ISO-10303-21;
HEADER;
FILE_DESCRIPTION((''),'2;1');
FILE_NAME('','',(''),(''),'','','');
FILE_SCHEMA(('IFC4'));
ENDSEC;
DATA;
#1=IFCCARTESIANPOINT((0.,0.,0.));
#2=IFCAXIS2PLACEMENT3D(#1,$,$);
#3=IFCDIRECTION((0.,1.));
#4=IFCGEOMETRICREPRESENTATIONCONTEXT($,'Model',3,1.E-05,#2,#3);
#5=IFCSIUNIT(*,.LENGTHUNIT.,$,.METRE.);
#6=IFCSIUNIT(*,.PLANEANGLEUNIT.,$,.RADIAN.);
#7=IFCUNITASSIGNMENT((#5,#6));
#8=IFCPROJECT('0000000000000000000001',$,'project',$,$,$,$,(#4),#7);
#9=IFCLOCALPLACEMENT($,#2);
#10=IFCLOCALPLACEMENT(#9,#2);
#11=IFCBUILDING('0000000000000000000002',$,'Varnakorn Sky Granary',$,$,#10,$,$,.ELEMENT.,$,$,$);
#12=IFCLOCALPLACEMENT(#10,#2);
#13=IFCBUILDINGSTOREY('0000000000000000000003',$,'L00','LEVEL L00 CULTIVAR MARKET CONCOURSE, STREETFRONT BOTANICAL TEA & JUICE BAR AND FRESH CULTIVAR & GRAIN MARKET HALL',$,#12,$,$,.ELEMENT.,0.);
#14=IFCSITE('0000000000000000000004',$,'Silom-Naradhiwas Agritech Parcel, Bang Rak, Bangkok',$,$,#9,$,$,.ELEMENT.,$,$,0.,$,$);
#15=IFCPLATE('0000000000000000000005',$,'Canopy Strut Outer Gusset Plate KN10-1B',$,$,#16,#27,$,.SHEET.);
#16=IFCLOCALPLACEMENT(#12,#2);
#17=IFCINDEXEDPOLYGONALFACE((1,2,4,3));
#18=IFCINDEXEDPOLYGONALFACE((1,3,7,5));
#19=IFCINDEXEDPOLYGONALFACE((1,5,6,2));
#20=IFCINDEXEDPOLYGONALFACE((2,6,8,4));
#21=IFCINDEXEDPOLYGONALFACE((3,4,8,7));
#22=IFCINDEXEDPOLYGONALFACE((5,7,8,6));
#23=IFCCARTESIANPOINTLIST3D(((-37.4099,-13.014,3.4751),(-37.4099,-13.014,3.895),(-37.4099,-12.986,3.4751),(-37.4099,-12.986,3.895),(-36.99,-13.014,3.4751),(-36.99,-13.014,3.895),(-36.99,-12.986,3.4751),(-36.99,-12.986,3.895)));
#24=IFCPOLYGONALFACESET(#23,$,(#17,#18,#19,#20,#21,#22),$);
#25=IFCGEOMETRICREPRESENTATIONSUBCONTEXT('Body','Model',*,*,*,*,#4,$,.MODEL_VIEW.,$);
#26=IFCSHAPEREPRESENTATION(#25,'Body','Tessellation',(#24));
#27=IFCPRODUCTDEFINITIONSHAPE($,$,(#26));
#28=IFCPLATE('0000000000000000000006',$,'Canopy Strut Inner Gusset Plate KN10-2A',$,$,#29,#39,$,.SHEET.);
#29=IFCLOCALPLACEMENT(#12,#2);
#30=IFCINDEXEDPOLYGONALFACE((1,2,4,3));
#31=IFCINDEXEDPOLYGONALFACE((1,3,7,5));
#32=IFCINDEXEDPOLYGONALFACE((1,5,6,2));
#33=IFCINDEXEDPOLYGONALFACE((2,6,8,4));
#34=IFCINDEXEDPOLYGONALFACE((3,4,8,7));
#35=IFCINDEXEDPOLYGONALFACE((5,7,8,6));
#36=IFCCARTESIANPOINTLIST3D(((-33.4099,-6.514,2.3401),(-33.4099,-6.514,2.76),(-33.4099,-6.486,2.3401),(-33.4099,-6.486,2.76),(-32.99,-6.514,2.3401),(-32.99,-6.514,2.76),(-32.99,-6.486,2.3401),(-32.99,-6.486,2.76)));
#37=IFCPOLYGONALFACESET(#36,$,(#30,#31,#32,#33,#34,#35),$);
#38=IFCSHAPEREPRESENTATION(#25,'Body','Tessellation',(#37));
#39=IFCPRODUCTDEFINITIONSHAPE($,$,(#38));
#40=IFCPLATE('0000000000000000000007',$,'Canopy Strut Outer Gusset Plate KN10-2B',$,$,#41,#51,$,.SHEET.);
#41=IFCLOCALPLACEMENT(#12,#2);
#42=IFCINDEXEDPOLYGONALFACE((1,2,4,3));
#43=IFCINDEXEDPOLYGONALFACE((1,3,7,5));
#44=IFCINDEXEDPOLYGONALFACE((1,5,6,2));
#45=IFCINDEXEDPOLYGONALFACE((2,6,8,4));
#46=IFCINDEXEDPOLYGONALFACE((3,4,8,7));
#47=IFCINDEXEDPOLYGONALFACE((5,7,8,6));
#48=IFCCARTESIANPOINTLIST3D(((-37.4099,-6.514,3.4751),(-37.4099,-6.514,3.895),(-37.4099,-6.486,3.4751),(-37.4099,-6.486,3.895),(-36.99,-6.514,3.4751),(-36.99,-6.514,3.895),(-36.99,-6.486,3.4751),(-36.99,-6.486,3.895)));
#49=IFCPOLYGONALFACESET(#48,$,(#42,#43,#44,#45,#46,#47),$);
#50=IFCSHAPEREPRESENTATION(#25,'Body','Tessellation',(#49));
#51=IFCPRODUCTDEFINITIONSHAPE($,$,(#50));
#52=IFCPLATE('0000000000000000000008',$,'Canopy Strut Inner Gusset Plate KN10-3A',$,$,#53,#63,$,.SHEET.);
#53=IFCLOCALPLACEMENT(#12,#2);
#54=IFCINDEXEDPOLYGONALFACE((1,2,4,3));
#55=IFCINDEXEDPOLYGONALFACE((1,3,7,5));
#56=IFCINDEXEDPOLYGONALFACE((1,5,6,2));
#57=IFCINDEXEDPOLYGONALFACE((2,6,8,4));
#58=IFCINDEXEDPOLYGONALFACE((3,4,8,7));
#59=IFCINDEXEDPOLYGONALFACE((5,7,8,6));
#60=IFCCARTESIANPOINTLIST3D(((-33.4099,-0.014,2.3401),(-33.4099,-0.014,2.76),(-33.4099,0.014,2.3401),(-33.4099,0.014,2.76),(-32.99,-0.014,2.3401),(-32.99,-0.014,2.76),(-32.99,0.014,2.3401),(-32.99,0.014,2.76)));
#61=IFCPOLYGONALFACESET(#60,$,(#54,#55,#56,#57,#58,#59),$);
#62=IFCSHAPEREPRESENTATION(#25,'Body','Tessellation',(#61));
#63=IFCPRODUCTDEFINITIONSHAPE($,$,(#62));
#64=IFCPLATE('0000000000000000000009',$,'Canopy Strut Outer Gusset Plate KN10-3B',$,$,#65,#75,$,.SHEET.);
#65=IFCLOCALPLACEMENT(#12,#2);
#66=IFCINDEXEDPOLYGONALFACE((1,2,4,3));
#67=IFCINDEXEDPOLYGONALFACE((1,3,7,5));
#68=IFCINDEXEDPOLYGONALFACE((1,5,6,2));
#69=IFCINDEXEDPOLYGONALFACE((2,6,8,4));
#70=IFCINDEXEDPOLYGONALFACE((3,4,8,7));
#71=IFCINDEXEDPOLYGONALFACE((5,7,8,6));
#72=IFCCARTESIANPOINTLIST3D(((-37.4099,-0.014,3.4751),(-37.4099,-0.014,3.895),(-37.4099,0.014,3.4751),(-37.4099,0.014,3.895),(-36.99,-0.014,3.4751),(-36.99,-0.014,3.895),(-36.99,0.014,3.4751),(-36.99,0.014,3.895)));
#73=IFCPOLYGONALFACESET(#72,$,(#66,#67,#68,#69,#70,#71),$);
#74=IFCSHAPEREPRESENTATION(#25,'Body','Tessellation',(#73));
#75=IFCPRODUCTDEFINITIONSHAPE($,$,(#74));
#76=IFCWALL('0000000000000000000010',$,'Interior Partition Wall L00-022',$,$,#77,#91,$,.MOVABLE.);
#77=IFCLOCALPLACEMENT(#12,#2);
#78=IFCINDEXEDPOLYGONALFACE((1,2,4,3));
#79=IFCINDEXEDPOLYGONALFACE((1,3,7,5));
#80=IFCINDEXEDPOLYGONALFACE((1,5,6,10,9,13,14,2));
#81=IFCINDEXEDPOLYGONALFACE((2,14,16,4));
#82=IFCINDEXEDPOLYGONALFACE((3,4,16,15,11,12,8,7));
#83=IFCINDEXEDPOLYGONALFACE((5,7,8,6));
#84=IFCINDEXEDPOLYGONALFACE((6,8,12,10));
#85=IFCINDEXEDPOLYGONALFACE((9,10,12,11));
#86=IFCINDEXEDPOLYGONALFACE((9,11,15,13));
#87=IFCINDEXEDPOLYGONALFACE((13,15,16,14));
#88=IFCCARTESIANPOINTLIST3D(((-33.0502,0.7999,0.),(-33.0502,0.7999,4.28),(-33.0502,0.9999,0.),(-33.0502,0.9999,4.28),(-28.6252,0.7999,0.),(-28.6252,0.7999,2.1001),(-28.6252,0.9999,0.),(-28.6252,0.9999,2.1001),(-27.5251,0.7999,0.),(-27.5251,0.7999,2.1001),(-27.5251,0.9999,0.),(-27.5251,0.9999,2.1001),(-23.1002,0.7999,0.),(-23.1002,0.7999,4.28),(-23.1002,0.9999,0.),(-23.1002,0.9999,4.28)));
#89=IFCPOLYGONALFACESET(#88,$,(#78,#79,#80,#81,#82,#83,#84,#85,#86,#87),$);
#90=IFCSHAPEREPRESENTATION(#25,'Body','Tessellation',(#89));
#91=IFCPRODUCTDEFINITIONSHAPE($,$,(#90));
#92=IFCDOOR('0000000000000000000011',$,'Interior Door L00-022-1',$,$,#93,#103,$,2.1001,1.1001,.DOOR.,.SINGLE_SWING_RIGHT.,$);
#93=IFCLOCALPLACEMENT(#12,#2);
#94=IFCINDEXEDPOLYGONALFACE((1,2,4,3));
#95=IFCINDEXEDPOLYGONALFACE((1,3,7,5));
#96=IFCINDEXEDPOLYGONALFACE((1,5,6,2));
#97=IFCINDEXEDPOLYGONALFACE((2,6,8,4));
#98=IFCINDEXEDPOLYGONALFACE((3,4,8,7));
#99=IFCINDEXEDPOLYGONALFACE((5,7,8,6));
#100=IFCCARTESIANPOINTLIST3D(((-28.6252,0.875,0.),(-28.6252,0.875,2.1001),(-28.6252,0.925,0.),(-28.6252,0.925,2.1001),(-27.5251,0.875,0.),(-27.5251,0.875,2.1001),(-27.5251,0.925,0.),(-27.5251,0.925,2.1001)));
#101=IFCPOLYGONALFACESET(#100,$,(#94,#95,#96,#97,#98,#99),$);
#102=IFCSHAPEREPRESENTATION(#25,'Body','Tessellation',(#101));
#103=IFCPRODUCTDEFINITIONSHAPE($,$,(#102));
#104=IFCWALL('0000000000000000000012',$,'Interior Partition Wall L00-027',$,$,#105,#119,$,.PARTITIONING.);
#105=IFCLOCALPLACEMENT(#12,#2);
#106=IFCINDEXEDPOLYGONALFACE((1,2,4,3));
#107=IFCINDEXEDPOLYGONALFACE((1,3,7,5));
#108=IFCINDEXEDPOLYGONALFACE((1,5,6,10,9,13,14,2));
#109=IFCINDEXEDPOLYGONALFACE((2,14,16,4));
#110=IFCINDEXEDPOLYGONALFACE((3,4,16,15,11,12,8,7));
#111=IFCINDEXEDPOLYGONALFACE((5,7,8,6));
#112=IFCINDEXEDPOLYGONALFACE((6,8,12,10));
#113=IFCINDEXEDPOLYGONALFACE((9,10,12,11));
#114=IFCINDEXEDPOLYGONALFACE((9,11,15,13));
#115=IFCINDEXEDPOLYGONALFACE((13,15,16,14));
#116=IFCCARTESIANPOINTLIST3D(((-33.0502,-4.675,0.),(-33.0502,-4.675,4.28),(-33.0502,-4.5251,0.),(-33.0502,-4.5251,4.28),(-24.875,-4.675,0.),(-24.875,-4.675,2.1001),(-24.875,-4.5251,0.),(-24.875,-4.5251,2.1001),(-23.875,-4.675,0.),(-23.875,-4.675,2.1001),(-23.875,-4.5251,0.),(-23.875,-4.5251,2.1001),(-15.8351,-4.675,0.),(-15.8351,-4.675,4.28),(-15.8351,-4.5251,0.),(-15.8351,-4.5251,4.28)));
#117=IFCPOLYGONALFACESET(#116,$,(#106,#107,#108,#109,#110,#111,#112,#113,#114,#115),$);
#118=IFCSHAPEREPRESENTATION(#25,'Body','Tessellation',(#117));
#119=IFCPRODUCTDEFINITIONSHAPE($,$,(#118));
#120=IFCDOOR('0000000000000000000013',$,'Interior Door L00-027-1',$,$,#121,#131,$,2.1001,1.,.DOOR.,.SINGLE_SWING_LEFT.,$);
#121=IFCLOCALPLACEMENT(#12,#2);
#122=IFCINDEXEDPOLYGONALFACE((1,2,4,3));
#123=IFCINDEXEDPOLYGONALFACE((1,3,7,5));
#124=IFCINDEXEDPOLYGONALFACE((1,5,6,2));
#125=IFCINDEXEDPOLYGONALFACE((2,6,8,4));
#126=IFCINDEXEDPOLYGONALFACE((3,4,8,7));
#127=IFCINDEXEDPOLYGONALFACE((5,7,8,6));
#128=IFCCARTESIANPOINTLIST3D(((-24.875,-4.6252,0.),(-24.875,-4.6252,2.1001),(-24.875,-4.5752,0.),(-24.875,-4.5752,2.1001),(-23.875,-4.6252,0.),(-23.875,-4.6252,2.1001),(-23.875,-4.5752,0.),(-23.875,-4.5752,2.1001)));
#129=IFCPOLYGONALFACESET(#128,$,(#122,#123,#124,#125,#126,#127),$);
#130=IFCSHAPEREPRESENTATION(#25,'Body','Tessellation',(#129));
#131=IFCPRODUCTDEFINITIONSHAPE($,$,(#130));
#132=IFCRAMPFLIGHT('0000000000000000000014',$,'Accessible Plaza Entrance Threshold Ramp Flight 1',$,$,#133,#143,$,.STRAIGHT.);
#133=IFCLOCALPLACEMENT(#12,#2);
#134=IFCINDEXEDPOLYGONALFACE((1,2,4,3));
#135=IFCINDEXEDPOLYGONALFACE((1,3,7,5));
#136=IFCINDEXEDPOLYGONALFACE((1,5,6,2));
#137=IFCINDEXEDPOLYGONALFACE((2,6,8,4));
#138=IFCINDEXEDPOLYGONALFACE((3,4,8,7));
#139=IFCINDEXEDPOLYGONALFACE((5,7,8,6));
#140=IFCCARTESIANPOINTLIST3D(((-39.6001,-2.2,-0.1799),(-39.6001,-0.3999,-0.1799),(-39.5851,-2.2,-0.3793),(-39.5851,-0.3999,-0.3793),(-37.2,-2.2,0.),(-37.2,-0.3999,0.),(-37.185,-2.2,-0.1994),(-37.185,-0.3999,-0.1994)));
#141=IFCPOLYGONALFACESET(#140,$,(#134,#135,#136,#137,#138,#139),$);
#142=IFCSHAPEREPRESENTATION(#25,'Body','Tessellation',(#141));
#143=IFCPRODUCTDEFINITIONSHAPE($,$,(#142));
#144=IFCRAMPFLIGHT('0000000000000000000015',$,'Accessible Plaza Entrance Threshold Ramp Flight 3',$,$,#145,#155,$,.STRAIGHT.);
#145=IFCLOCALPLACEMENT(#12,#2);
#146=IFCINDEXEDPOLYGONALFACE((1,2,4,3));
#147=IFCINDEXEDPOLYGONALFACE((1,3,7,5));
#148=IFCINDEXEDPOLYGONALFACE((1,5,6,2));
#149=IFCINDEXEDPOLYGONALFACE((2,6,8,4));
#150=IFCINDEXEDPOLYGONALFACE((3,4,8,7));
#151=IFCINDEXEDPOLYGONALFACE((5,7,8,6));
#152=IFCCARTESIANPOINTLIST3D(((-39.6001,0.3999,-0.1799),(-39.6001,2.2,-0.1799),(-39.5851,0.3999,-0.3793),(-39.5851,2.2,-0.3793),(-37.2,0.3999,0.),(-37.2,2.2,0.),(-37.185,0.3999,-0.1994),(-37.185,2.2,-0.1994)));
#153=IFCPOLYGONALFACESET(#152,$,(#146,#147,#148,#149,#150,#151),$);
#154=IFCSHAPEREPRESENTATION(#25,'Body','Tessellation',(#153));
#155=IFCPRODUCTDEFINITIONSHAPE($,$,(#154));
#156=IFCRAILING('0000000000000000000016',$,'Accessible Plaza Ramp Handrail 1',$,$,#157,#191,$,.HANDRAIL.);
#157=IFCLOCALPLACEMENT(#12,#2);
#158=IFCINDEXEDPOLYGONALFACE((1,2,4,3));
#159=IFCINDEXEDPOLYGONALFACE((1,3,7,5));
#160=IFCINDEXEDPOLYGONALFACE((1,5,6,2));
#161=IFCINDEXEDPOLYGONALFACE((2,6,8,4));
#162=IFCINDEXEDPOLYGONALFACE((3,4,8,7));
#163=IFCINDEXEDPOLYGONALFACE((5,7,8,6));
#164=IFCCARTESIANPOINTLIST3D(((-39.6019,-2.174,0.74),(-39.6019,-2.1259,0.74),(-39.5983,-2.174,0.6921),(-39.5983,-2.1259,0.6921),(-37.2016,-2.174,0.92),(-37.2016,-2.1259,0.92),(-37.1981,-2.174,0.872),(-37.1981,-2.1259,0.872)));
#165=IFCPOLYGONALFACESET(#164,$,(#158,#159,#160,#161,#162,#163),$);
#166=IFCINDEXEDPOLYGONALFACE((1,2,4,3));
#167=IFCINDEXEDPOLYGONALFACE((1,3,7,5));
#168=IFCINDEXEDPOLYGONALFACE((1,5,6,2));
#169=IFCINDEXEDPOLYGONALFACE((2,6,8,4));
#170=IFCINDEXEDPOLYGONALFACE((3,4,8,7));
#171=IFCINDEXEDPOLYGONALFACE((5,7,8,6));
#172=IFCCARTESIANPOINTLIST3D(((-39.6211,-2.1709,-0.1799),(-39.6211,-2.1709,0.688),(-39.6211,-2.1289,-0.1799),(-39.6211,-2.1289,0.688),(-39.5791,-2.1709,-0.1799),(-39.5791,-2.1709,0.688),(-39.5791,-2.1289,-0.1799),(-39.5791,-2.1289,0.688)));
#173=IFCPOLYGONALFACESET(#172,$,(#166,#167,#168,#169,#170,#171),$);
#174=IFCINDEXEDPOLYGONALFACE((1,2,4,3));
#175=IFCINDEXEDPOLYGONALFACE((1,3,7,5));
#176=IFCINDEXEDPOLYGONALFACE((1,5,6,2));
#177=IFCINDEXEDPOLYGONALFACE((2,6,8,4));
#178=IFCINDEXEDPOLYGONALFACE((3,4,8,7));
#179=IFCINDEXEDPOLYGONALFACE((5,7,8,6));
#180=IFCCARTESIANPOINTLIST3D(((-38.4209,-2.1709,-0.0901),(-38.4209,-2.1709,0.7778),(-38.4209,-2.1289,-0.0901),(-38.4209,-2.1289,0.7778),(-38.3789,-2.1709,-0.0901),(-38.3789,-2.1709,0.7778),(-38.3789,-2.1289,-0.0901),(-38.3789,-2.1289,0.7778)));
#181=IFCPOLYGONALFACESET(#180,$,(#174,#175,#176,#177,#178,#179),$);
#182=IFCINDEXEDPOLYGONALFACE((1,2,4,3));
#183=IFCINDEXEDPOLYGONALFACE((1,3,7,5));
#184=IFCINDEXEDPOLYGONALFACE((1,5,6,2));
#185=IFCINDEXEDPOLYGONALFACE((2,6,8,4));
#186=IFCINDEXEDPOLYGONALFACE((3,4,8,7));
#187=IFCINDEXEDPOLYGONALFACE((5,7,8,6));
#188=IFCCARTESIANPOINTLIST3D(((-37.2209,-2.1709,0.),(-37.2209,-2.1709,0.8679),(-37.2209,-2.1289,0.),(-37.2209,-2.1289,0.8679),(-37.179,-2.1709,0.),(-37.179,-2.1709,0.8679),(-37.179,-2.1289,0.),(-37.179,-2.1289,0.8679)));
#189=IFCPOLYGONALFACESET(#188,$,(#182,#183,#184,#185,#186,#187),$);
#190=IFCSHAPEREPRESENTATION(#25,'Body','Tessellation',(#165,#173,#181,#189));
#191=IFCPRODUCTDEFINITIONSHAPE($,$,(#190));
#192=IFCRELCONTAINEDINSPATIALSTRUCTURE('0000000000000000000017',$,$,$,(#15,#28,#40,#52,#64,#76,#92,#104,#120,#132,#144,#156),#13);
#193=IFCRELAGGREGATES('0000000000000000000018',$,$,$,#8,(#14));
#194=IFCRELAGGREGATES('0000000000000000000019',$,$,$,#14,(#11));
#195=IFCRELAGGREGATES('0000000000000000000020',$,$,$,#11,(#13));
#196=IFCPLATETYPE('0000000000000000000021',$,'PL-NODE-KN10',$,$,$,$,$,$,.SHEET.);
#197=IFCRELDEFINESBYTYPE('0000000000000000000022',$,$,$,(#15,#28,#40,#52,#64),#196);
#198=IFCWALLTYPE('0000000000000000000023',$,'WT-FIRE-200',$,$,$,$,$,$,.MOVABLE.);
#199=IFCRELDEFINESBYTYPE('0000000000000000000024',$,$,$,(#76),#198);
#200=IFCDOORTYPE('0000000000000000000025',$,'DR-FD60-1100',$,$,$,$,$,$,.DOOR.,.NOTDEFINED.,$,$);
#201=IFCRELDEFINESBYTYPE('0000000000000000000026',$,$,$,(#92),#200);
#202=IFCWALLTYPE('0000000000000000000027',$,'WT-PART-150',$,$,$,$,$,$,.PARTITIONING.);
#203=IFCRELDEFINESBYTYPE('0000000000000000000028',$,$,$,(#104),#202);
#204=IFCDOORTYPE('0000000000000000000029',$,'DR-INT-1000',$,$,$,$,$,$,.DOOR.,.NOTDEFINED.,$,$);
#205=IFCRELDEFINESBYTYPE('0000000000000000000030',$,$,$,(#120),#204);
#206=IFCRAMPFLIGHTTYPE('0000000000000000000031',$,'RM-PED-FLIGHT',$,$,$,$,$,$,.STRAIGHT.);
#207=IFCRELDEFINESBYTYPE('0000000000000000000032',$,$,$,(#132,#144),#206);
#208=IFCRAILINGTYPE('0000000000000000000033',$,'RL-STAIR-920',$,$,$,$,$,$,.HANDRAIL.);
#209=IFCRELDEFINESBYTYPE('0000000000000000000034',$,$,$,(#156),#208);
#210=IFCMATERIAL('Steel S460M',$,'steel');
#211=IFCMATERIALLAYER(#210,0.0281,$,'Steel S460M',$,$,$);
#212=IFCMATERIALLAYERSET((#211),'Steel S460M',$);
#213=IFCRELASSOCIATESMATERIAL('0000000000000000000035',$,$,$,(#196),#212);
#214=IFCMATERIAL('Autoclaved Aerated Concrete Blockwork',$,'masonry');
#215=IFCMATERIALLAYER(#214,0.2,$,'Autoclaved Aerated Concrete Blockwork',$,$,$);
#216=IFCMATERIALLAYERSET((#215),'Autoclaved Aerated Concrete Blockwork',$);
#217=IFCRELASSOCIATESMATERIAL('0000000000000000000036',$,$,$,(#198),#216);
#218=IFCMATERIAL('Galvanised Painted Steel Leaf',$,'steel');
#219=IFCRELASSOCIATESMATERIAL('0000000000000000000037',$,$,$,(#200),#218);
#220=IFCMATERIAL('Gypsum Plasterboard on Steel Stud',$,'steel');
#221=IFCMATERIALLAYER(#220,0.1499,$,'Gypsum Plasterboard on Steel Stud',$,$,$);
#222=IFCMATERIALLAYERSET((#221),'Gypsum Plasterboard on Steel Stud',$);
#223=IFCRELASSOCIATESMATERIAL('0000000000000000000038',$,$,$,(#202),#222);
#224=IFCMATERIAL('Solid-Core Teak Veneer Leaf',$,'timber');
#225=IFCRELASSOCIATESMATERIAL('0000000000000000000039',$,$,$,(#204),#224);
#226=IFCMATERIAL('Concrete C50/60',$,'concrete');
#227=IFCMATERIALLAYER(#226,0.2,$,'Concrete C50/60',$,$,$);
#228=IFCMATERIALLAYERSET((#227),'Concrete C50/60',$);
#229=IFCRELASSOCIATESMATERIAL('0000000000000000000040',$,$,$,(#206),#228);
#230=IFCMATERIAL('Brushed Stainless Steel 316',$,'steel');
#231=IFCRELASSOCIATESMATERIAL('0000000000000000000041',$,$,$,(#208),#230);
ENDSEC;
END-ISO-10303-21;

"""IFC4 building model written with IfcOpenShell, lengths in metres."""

from ifc_helpers import new_model, si_unit, direction, frame, frame_2d, origin, origin_2d, place, context, subcontext, project, spatial, polyline, rectangle, outline, extrude, material, layer, layer_set, type_object, element, fill, save


model = new_model("IFC4")

# Units and contexts
model_context = context("Model", 3, precision=1e-05, world=origin(), true_north=direction((0.0, 1.0)))
body_context = subcontext(model_context, "Body", "Model", "MODEL_VIEW")
ifc_project = project(units=[si_unit("LENGTHUNIT", "METRE"), si_unit("PLANEANGLEUNIT", "RADIAN")], contexts=[model_context])

# Site, building, storey
site_placement = place(None, origin())
site = spatial("IfcSite", under=ifc_project, at=site_placement, Name="Silom-Naradhiwas Agritech Parcel, Bang Rak, Bangkok", CompositionType="ELEMENT", RefElevation=0.0)
building_placement = place(site_placement, origin())
building = spatial("IfcBuilding", under=site, at=building_placement, Name="Varnakorn Sky Granary", CompositionType="ELEMENT")
storey_placement = place(building_placement, origin())
storey = spatial("IfcBuildingStorey", under=building, at=storey_placement, Name="L00", Description="LEVEL L00 CULTIVAR MARKET CONCOURSE, STREETFRONT BOTANICAL TEA & JUICE BAR AND FRESH CULTIVAR & GRAIN MARKET HALL", CompositionType="ELEMENT", Elevation=0.0)

# Shared definitions
ifc_material_1 = material(Name="Concrete C50/60", Category="concrete")

# Shared definitions
ifc_material_2 = material(Name="Steel S460M", Category="steel")

# Plates
ifc_layer_1 = layer(ifc_material_2, 0.0281, Name="Steel S460M")
ifc_layer_set_1 = layer_set([ifc_layer_1], Name="Steel S460M")
plate_type = type_object("IfcPlateType", Name="PL-NODE-KN10", PredefinedType="SHEET", material=ifc_layer_set_1)
for number, where, z_axis, x_axis, name in (
    (1, (-37.2, -13.0, 3.4751), (0.0, 0.0, 1.0), (1.0, 0.0, 0.0), "Canopy Strut Outer Gusset Plate KN10-1B"),
    (2, (-33.2, -6.5, 2.3401), (0.0, 0.0, 1.0), (1.0, 0.0, 0.0), "Canopy Strut Inner Gusset Plate KN10-2A"),
    (3, (-37.2, -6.5, 3.4751), (0.0, 0.0, 1.0), (1.0, 0.0, 0.0), "Canopy Strut Outer Gusset Plate KN10-2B"),
    (4, (-33.2, 0.0, 2.3401), (0.0, 0.0, 1.0), (1.0, 0.0, 0.0), "Canopy Strut Inner Gusset Plate KN10-3A"),
    (5, (-37.2, 0.0, 3.4751), (0.0, 0.0, 1.0), (1.0, 0.0, 0.0), "Canopy Strut Outer Gusset Plate KN10-3B"),
):
    element("IfcPlate", number, at=place(storey_placement, frame(where, z_axis=z_axis, x_axis=x_axis)), inside=storey, type_object=plate_type, Name=name, PredefinedType="SHEET", context=body_context, shape_type="SweptSolid", body=[
        extrude(rectangle(XDim=0.4199, YDim=0.0281, at=origin_2d()), origin(), (0.0, 0.0, 1.0), 0.4199),
    ])

# Walls, openings, doors
ifc_material_3 = material(Name="Autoclaved Aerated Concrete Blockwork", Category="masonry")
ifc_layer_2 = layer(ifc_material_3, 0.2, Name="Autoclaved Aerated Concrete Blockwork")
ifc_layer_set_2 = layer_set([ifc_layer_2], Name="Autoclaved Aerated Concrete Blockwork")
wall_type_1 = type_object("IfcWallType", Name="WT-FIRE-200", PredefinedType="MOVABLE", material=ifc_layer_set_2)
wall_1_placement = place(storey_placement, frame((-23.1001, 0.8999, 0.0), z_axis=(0.0, 0.0, 1.0), x_axis=(-1.0, 0.0, 0.0)))
wall_1 = element("IfcWall", 6, at=wall_1_placement, inside=storey, type_object=wall_type_1, Name="Interior Partition Wall L00-022", PredefinedType="MOVABLE", context=body_context, shape_type="SweptSolid", body=[
    extrude(rectangle(XDim=9.95, YDim=0.2, at=frame_2d((4.9751, 0.0))), origin(), (0.0, 0.0, 1.0), 4.28),
])
opening_1_placement = place(wall_1_placement, frame((4.425, 0.0, 0.0)))
opening_1 = element("IfcOpeningElement", 7, at=opening_1_placement, cuts=wall_1, PredefinedType="OPENING", context=body_context, shape_type="SweptSolid", body=[
    extrude(rectangle(XDim=1.1001, YDim=2.1001, at=frame_2d((0.55, 1.05))), frame((0.0, 0.1099, 0.0), z_axis=(0.0, -1.0, 0.0), x_axis=(1.0, 0.0, 0.0)), (0.0, 0.0, 1.0), 0.22),
])
ifc_material_4 = material(Name="Galvanised Painted Steel Leaf", Category="steel")
door_type_1 = type_object("IfcDoorType", Name="DR-FD60-1100", OperationType="NOTDEFINED", PredefinedType="DOOR", material=ifc_material_4)
door_1_placement = place(opening_1_placement, origin())
door_1 = element("IfcDoor", 8, at=door_1_placement, inside=storey, type_object=door_type_1, Name="Interior Door L00-022-1", OperationType="SINGLE_SWING_RIGHT", OverallHeight=2.1001, OverallWidth=1.1001, PredefinedType="DOOR", context=body_context, shape_type="SweptSolid", body=[
    extrude(rectangle(XDim=1.1001, YDim=2.1001, at=frame_2d((0.55, 1.05))), frame((0.0, 0.0249, 0.0), z_axis=(0.0, -1.0, 0.0), x_axis=(1.0, 0.0, 0.0)), (0.0, 0.0, 1.0), 0.05),
])
fill(opening_1, door_1)
ifc_material_5 = material(Name="Gypsum Plasterboard on Steel Stud", Category="steel")
ifc_layer_3 = layer(ifc_material_5, 0.1499, Name="Gypsum Plasterboard on Steel Stud")
ifc_layer_set_3 = layer_set([ifc_layer_3], Name="Gypsum Plasterboard on Steel Stud")
wall_type_2 = type_object("IfcWallType", Name="WT-PART-150", PredefinedType="PARTITIONING", material=ifc_layer_set_3)
wall_2_placement = place(storey_placement, frame((-33.05, -4.6001, 0.0), z_axis=(0.0, 0.0, 1.0), x_axis=(1.0, 0.0, 0.0)))
wall_2 = element("IfcWall", 9, at=wall_2_placement, inside=storey, type_object=wall_type_2, Name="Interior Partition Wall L00-027", PredefinedType="PARTITIONING", context=body_context, shape_type="SweptSolid", body=[
    extrude(rectangle(XDim=17.2151, YDim=0.1499, at=frame_2d((8.6074, 0.0))), origin(), (0.0, 0.0, 1.0), 4.28),
])
opening_2_placement = place(wall_2_placement, frame((8.175, 0.0, 0.0)))
opening_2 = element("IfcOpeningElement", 10, at=opening_2_placement, cuts=wall_2, PredefinedType="OPENING", context=body_context, shape_type="SweptSolid", body=[
    extrude(rectangle(XDim=1.0, YDim=2.1001, at=frame_2d((0.5, 1.05))), frame((0.0, 0.085, 0.0), z_axis=(0.0, -1.0, 0.0), x_axis=(1.0, 0.0, 0.0)), (0.0, 0.0, 1.0), 0.1699),
])
ifc_material_6 = material(Name="Solid-Core Teak Veneer Leaf", Category="timber")
door_type_2 = type_object("IfcDoorType", Name="DR-INT-1000", OperationType="NOTDEFINED", PredefinedType="DOOR", material=ifc_material_6)
door_2_placement = place(opening_2_placement, origin())
door_2 = element("IfcDoor", 11, at=door_2_placement, inside=storey, type_object=door_type_2, Name="Interior Door L00-027-1", OperationType="SINGLE_SWING_LEFT", OverallHeight=2.1001, OverallWidth=1.0, PredefinedType="DOOR", context=body_context, shape_type="SweptSolid", body=[
    extrude(rectangle(XDim=1.0, YDim=2.1001, at=frame_2d((0.5, 1.05))), frame((0.0, 0.0249, 0.0), z_axis=(0.0, -1.0, 0.0), x_axis=(1.0, 0.0, 0.0)), (0.0, 0.0, 1.0), 0.05),
])
fill(opening_2, door_2)

# Ramp flights
ifc_layer_4 = layer(ifc_material_1, 0.2, Name="Concrete C50/60")
ifc_layer_set_4 = layer_set([ifc_layer_4], Name="Concrete C50/60")
ramp_flight_type = type_object("IfcRampFlightType", Name="RM-PED-FLIGHT", PredefinedType="STRAIGHT", material=ifc_layer_set_4)
for number, where, z_axis, x_axis, name in (
    (12, (-39.6001, -2.2, -0.1799), (-0.074757, 0.0, 0.997202), (0.997202, 0.0, 0.074757), "Accessible Plaza Entrance Threshold Ramp Flight 1"),
    (13, (-39.6001, 0.3999, -0.1799), (-0.074757, 0.0, 0.997202), (0.997202, 0.0, 0.074757), "Accessible Plaza Entrance Threshold Ramp Flight 3"),
):
    element("IfcRampFlight", number, at=place(storey_placement, frame(where, z_axis=z_axis, x_axis=x_axis)), inside=storey, type_object=ramp_flight_type, Name=name, PredefinedType="STRAIGHT", context=body_context, shape_type="SweptSolid", body=[
        extrude(outline(polyline([(0.0, 0.0), (2.4069, 0.0), (2.4069, 1.8), (0.0, 1.8), (0.0, 0.0)])), origin(), (0.0, 0.0, -1.0), 0.2),
    ])

# Railing
ifc_material_7 = material(Name="Brushed Stainless Steel 316", Category="steel")
railing_type = type_object("IfcRailingType", Name="RL-STAIR-920", PredefinedType="HANDRAIL", material=ifc_material_7)
for number, where, name in (
    (14, (-39.6001, -2.1499, -0.1799), "Accessible Plaza Ramp Handrail 1"),
):
    element("IfcRailing", number, at=place(storey_placement, frame(where)), inside=storey, type_object=railing_type, Name=name, PredefinedType="HANDRAIL", context=body_context, shape_type="SweptSolid", body=[
        extrude(rectangle(XDim=0.0481, YDim=0.0481, at=origin_2d()), frame((0.0, 0.0, 0.896), z_axis=(0.997202, 0.0, 0.074757), x_axis=(0.0, 1.0, 0.0)), (0.0, 0.0, 1.0), 2.407),
        extrude(rectangle(XDim=0.042, YDim=0.042, at=origin_2d()), origin(), (0.0, 0.0, 1.0), 0.8679),
        extrude(rectangle(XDim=0.042, YDim=0.042, at=origin_2d()), frame((1.2002, 0.0, 0.0898)), (0.0, 0.0, 1.0), 0.8679),
        extrude(rectangle(XDim=0.042, YDim=0.042, at=origin_2d()), frame((2.4001, 0.0, 0.1799)), (0.0, 0.0, 1.0), 0.8679),
    ])

save(model, "model.ifc")
